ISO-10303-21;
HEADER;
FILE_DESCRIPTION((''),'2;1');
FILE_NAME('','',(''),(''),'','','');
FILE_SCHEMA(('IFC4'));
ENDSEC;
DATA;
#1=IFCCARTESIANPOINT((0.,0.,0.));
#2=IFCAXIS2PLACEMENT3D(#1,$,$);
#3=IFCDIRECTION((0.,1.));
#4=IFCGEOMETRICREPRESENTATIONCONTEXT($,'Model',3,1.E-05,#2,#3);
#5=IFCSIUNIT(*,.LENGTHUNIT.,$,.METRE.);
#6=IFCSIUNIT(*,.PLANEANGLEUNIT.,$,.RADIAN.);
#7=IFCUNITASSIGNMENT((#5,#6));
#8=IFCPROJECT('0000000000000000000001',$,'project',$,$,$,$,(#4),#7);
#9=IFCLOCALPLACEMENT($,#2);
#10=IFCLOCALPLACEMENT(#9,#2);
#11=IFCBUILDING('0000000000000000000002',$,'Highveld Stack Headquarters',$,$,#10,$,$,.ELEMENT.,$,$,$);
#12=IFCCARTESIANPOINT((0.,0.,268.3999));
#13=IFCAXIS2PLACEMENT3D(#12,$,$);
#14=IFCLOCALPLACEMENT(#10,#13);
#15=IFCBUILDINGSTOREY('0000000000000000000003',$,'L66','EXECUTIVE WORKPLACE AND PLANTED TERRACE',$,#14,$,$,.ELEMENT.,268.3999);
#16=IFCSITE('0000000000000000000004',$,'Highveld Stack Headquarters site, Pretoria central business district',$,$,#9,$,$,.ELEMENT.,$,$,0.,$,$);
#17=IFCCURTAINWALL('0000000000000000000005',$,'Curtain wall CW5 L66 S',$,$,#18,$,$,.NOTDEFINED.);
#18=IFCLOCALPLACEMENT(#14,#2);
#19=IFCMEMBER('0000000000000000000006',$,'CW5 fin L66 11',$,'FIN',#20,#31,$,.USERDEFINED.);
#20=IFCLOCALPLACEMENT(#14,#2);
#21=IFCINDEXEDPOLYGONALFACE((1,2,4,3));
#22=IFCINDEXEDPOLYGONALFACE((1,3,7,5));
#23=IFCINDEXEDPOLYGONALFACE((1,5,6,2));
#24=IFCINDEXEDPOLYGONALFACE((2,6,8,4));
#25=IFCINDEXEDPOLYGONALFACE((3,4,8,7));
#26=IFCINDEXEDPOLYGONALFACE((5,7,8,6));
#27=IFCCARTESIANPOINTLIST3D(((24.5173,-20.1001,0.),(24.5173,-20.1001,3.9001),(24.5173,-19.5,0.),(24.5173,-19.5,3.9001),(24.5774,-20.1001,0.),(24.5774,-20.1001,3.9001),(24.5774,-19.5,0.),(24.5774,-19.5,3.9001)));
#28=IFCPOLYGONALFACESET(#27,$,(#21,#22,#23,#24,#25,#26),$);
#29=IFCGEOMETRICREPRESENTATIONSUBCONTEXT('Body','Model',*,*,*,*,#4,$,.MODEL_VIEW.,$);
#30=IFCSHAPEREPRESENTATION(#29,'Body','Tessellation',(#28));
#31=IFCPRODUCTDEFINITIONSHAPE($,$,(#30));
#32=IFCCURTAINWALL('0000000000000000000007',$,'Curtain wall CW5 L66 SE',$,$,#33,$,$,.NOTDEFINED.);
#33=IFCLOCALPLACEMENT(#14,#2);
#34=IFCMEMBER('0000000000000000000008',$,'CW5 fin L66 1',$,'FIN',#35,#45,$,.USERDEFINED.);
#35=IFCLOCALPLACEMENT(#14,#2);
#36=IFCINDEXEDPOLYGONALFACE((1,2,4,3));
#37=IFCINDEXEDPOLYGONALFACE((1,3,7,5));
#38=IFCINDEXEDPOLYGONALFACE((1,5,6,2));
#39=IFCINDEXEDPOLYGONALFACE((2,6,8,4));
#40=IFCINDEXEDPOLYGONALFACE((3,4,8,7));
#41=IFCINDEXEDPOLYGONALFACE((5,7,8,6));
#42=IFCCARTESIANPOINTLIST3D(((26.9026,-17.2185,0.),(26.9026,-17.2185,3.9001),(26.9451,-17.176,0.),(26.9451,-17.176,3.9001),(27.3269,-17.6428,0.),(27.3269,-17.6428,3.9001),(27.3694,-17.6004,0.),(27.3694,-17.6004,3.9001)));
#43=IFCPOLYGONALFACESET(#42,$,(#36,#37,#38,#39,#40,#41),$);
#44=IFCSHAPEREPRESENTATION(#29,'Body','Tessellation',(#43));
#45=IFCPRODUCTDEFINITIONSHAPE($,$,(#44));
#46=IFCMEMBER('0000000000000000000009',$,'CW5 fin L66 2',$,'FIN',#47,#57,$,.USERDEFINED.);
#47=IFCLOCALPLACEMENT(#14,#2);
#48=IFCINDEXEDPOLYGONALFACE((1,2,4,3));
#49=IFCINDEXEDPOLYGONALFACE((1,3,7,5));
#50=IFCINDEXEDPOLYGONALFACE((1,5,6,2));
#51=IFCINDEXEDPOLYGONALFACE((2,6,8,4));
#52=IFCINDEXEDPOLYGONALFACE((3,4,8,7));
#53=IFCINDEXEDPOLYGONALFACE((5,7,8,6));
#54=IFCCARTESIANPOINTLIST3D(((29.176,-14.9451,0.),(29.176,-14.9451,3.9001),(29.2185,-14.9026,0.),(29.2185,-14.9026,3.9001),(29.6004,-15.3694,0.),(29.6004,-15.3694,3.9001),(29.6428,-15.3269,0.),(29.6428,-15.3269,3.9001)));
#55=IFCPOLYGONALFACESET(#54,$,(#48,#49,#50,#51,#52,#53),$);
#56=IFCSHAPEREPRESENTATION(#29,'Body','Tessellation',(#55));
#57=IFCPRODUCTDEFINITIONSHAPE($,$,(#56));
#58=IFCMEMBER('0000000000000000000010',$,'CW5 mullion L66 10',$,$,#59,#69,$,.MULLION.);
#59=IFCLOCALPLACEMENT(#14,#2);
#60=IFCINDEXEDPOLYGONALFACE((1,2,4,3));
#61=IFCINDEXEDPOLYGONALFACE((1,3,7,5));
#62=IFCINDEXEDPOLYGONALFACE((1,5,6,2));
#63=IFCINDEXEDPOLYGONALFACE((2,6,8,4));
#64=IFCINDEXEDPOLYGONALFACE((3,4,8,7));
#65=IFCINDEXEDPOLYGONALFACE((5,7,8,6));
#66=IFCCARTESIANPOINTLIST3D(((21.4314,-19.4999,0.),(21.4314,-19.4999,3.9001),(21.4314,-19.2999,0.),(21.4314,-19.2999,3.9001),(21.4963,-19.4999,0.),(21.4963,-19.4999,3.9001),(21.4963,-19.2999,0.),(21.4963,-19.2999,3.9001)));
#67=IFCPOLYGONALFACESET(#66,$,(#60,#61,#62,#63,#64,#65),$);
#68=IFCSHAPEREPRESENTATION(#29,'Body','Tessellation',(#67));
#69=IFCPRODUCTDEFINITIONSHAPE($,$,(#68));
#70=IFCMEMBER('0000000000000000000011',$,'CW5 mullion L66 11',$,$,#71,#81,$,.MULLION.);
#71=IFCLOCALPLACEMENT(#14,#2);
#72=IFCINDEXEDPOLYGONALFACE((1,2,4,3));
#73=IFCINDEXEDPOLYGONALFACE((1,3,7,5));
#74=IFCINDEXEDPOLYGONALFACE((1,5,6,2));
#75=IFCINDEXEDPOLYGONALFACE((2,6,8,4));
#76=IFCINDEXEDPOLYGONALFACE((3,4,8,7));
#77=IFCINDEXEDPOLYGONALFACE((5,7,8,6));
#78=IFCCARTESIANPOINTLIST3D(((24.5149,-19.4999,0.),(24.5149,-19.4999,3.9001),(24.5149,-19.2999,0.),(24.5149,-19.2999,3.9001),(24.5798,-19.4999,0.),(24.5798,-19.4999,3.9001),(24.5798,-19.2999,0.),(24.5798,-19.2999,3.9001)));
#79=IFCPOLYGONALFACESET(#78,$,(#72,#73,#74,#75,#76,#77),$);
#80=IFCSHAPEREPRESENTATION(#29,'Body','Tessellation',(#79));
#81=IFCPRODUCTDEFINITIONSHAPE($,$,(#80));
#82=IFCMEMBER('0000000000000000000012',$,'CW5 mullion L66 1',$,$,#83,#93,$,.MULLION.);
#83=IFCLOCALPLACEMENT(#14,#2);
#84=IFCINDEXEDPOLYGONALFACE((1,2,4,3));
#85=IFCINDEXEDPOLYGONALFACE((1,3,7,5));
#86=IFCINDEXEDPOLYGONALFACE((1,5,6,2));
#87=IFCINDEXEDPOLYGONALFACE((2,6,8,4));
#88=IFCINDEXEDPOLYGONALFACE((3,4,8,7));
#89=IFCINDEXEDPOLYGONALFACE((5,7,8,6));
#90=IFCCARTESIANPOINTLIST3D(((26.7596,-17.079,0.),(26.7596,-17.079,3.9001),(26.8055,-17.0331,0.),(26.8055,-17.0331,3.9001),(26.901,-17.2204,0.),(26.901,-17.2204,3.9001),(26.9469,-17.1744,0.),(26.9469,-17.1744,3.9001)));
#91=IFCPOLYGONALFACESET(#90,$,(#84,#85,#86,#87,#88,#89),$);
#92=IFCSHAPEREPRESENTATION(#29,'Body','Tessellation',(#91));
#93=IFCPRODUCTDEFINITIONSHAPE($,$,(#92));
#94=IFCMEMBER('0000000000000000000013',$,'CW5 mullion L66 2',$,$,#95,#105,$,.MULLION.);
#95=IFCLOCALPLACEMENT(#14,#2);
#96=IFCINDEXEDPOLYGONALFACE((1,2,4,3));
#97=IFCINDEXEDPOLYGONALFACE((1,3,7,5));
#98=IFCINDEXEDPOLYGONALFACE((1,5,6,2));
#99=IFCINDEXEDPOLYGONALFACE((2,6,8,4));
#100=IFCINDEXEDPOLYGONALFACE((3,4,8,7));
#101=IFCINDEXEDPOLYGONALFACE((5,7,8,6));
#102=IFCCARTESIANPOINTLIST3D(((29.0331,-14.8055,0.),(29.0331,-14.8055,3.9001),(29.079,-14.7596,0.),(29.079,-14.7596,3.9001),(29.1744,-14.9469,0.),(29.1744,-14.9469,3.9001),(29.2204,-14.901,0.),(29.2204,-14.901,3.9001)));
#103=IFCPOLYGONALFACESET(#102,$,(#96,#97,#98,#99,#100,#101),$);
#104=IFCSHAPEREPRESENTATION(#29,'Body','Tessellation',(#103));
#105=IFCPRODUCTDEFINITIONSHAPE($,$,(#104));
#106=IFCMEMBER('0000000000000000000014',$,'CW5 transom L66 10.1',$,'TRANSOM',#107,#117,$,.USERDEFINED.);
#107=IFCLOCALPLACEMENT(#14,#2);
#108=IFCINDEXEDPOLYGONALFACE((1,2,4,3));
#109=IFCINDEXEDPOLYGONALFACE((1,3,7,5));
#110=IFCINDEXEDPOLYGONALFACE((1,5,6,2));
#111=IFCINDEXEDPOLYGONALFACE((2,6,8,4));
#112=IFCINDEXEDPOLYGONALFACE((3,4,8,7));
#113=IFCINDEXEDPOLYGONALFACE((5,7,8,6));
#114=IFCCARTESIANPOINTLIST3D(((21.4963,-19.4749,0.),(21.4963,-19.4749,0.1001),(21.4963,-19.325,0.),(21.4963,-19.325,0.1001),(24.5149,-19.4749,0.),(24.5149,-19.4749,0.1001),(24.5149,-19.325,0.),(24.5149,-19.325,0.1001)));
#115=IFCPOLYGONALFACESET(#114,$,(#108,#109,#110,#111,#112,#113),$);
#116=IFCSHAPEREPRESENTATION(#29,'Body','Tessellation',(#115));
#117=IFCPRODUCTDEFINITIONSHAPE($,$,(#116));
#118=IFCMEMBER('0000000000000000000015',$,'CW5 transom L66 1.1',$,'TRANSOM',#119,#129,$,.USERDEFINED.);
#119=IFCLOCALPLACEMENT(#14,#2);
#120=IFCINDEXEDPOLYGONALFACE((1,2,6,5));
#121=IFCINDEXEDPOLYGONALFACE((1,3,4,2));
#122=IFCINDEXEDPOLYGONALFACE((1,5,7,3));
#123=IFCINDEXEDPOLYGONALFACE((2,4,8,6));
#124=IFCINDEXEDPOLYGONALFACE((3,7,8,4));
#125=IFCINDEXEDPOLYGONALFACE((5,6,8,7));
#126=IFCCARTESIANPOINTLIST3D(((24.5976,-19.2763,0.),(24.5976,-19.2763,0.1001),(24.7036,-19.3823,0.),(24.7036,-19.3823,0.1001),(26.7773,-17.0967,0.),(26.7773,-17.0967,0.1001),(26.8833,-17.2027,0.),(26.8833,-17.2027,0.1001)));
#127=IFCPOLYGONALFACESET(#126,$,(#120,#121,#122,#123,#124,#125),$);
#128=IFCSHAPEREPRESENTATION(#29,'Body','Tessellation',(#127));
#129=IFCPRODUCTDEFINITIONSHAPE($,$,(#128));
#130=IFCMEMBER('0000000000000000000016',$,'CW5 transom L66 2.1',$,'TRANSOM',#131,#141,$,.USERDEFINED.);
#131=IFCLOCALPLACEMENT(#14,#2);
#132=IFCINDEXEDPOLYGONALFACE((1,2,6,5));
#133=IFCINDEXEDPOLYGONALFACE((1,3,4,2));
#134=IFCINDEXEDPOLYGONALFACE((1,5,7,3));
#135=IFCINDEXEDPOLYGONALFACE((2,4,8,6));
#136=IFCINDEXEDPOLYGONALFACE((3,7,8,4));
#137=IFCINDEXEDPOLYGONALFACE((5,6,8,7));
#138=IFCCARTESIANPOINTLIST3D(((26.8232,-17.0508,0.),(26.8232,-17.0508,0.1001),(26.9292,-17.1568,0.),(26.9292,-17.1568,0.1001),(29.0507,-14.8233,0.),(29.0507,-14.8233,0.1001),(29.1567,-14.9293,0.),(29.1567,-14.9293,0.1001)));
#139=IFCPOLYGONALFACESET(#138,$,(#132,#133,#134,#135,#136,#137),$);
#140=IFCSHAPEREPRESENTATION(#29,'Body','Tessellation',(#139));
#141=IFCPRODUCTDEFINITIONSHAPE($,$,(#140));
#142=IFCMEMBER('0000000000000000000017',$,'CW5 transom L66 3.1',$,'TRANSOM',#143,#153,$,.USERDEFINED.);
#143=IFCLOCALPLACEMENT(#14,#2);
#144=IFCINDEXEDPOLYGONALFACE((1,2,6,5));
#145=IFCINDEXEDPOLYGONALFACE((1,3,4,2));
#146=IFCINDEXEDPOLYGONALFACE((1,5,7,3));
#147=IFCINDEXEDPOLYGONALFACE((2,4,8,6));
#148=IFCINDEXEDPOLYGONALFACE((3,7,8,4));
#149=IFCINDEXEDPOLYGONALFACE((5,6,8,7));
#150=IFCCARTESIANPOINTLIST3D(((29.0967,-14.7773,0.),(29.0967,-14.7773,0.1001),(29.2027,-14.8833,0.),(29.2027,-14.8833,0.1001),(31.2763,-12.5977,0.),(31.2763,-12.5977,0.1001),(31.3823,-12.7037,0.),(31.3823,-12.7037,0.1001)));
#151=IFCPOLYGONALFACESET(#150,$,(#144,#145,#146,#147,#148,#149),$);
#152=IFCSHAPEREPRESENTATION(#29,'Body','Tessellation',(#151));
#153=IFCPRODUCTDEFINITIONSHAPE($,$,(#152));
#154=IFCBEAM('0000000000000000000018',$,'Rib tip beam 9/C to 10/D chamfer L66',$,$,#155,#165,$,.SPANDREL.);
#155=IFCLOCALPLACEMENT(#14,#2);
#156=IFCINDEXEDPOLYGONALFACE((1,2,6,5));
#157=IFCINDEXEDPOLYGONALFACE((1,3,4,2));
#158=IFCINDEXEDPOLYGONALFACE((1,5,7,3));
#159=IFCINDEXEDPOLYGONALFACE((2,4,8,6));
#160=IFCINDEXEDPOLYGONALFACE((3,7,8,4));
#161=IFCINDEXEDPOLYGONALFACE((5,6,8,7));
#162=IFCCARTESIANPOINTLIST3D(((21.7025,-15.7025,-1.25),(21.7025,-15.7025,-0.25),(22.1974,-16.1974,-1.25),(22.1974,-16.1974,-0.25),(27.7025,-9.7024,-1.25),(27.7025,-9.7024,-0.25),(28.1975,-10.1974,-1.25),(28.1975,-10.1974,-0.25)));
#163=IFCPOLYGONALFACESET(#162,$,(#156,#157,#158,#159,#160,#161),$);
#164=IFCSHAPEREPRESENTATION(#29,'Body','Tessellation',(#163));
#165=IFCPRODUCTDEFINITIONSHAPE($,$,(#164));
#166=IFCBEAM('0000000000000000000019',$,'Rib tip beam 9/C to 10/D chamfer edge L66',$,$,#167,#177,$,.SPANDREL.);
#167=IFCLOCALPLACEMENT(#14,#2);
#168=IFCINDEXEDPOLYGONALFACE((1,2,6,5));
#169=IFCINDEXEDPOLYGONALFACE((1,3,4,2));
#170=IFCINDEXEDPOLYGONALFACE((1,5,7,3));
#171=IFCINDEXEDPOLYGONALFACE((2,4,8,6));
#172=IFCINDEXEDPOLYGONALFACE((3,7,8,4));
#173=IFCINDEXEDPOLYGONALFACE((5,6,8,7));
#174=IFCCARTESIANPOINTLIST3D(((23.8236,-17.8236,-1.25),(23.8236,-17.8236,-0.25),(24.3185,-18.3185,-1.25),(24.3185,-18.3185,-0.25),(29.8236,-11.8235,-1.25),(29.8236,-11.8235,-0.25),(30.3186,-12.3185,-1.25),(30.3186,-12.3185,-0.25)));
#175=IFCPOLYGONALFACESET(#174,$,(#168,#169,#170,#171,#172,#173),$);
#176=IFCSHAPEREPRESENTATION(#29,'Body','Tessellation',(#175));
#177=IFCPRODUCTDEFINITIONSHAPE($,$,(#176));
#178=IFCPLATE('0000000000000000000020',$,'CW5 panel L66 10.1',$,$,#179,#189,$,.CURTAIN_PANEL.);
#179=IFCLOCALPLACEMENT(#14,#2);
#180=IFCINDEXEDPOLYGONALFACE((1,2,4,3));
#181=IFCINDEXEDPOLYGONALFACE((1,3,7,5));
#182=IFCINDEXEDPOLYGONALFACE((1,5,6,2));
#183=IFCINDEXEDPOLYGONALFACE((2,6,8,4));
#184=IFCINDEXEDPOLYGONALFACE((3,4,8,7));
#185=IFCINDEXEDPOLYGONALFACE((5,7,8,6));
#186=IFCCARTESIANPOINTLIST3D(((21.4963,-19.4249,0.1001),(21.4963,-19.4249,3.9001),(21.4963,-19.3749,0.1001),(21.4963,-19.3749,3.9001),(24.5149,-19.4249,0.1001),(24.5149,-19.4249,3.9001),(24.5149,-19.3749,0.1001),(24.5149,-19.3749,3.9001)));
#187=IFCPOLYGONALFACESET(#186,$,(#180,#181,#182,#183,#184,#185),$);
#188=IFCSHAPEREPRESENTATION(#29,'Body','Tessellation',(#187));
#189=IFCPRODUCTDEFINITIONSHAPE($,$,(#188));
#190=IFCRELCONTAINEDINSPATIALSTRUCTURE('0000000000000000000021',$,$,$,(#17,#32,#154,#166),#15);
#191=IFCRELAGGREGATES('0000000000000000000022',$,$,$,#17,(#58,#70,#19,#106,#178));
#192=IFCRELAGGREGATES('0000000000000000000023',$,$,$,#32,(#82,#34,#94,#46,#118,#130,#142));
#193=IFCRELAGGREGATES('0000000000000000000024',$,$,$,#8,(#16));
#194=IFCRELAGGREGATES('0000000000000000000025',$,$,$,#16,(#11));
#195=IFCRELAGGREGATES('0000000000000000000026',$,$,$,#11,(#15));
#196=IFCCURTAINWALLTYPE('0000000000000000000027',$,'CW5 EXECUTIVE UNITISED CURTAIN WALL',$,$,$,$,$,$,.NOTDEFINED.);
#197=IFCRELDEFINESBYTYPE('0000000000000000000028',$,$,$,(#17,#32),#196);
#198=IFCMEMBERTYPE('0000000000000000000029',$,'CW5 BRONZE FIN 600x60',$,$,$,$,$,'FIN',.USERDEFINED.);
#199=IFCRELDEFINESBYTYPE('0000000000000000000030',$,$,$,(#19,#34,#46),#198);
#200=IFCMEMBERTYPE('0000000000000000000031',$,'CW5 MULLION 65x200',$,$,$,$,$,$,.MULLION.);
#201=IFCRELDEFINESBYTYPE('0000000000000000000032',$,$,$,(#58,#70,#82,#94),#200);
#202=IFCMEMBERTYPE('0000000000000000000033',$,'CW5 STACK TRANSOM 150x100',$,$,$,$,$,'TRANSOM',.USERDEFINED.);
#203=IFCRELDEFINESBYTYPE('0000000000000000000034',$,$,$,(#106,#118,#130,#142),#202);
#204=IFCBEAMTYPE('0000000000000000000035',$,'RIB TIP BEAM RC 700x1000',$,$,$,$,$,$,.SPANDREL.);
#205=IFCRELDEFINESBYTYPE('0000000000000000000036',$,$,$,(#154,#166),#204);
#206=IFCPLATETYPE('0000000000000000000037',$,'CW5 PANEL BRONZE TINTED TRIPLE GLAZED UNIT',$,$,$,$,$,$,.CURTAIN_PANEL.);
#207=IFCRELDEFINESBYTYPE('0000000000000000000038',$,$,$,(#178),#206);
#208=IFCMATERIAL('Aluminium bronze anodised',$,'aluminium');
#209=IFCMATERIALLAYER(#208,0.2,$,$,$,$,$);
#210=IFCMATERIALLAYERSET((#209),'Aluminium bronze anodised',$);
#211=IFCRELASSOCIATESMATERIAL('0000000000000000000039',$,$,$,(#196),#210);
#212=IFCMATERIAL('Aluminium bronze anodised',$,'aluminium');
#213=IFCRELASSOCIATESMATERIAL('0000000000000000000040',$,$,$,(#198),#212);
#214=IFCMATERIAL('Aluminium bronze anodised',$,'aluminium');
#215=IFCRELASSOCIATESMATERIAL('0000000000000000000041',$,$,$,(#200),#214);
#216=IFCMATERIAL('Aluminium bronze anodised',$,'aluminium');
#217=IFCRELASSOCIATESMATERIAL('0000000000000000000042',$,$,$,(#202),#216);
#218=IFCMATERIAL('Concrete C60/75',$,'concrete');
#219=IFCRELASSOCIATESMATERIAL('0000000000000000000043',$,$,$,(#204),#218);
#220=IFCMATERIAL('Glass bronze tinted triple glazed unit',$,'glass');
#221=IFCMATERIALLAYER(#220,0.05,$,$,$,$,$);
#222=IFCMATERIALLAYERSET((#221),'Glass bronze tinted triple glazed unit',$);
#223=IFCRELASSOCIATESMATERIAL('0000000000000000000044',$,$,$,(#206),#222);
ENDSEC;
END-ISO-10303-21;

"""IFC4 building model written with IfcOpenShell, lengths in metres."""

from ifc_helpers import new_model, si_unit, direction, frame, origin, origin_2d, place, context, subcontext, project, spatial, rectangle, extrude, material, layer, layer_set, material_profile, profile_set, type_object, element, aggregate, save


model = new_model("IFC4")

# Units and contexts
model_context = context("Model", 3, precision=1e-05, world=origin(), true_north=direction((0.0, 1.0)))
body_context = subcontext(model_context, "Body", "Model", "MODEL_VIEW")
ifc_project = project(units=[si_unit("LENGTHUNIT", "METRE"), si_unit("PLANEANGLEUNIT", "RADIAN")], contexts=[model_context])

# Site, building, storey
site_placement = place(None, origin())
site = spatial("IfcSite", under=ifc_project, at=site_placement, Name="Highveld Stack Headquarters site, Pretoria central business district", CompositionType="ELEMENT", RefElevation=0.0)
building_placement = place(site_placement, origin())
building = spatial("IfcBuilding", under=site, at=building_placement, Name="Highveld Stack Headquarters", CompositionType="ELEMENT")
storey_placement = place(building_placement, frame((0.0, 0.0, 268.3999)))
storey = spatial("IfcBuildingStorey", under=building, at=storey_placement, Name="L66", Description="EXECUTIVE WORKPLACE AND PLANTED TERRACE", CompositionType="ELEMENT", Elevation=268.3999)

# Curtain wall, member
ifc_material_1 = material(Name="Aluminium bronze anodised", Category="aluminium")
ifc_layer_1 = layer(ifc_material_1, 0.2)
ifc_layer_set_1 = layer_set([ifc_layer_1], Name="Aluminium bronze anodised")
curtain_wall_type = type_object("IfcCurtainWallType", Name="CW5 EXECUTIVE UNITISED CURTAIN WALL", PredefinedType="NOTDEFINED", material=ifc_layer_set_1)
curtain_wall_1_placement = place(storey_placement, origin())
curtain_wall_1 = element("IfcCurtainWall", 1, at=curtain_wall_1_placement, inside=storey, type_object=curtain_wall_type, Name="Curtain wall CW5 L66 S", PredefinedType="NOTDEFINED")
ifc_material_2 = material(Name="Aluminium bronze anodised", Category="aluminium")
ifc_material_profile_1 = material_profile(ifc_material_2, rectangle(XDim=0.6001, YDim=0.0601, at=origin_2d()), Name="FIN 600x60")
ifc_profile_set_1 = profile_set([ifc_material_profile_1], Name="Aluminium bronze anodised")
member_type_1 = type_object("IfcMemberType", Name="CW5 BRONZE FIN 600x60", ElementType="FIN", PredefinedType="USERDEFINED", material=ifc_profile_set_1)
member_1_placement = place(storey_placement, frame((24.5474, -19.8, 0.0), z_axis=(0.0, 0.0, 1.0), x_axis=(0.0, 1.0, 0.0)))
member_1 = element("IfcMember", 2, at=member_1_placement, type_object=member_type_1, Name="CW5 fin L66 11", ObjectType="FIN", PredefinedType="USERDEFINED", context=body_context, shape_type="SweptSolid", body=[
    extrude(rectangle(XDim=0.6001, YDim=0.0601, at=origin_2d()), origin(), (0.0, 0.0, 1.0), 3.9001),
])

# Curtain wall, members
curtain_wall_2_placement = place(storey_placement, origin())
curtain_wall_2 = element("IfcCurtainWall", 3, at=curtain_wall_2_placement, inside=storey, type_object=curtain_wall_type, Name="Curtain wall CW5 L66 SE", PredefinedType="NOTDEFINED")
member_2_placement = place(storey_placement, frame((27.136, -17.4094, 0.0), z_axis=(0.0, 0.0, 1.0), x_axis=(-0.707107, 0.707107, 0.0)))
member_2 = element("IfcMember", 4, at=member_2_placement, type_object=member_type_1, Name="CW5 fin L66 1", ObjectType="FIN", PredefinedType="USERDEFINED", context=body_context, shape_type="SweptSolid", body=[
    extrude(rectangle(XDim=0.6001, YDim=0.0601, at=origin_2d()), origin(), (0.0, 0.0, 1.0), 3.9001),
])
member_3_placement = place(storey_placement, frame((29.4094, -15.136, 0.0), z_axis=(0.0, 0.0, 1.0), x_axis=(-0.707107, 0.707107, 0.0)))
member_3 = element("IfcMember", 5, at=member_3_placement, type_object=member_type_1, Name="CW5 fin L66 2", ObjectType="FIN", PredefinedType="USERDEFINED", context=body_context, shape_type="SweptSolid", body=[
    extrude(rectangle(XDim=0.6001, YDim=0.0601, at=origin_2d()), origin(), (0.0, 0.0, 1.0), 3.9001),
])

# Members
ifc_material_3 = material(Name="Aluminium bronze anodised", Category="aluminium")
ifc_material_profile_2 = material_profile(ifc_material_3, rectangle(XDim=0.2, YDim=0.0649, at=origin_2d()), Name="CW5 MULLION 65x200")
ifc_profile_set_2 = profile_set([ifc_material_profile_2], Name="Aluminium bronze anodised")
member_type_2 = type_object("IfcMemberType", Name="CW5 MULLION 65x200", PredefinedType="MULLION", material=ifc_profile_set_2)
member_4_placement = place(storey_placement, frame((21.4639, -19.3999, 0.0), z_axis=(0.0, 0.0, 1.0), x_axis=(0.0, 1.0, 0.0)))
member_4 = element("IfcMember", 6, at=member_4_placement, type_object=member_type_2, Name="CW5 mullion L66 10", PredefinedType="MULLION", context=body_context, shape_type="SweptSolid", body=[
    extrude(rectangle(XDim=0.2, YDim=0.0649, at=origin_2d()), origin(), (0.0, 0.0, 1.0), 3.9001),
])
member_5_placement = place(storey_placement, frame((24.5474, -19.3999, 0.0), z_axis=(0.0, 0.0, 1.0), x_axis=(0.0, 1.0, 0.0)))
member_5 = element("IfcMember", 7, at=member_5_placement, type_object=member_type_2, Name="CW5 mullion L66 11", PredefinedType="MULLION", context=body_context, shape_type="SweptSolid", body=[
    extrude(rectangle(XDim=0.2, YDim=0.0649, at=origin_2d()), origin(), (0.0, 0.0, 1.0), 3.9001),
])
member_6_placement = place(storey_placement, frame((26.8533, -17.1267, 0.0), z_axis=(0.0, 0.0, 1.0), x_axis=(-0.707107, 0.707107, 0.0)))
member_6 = element("IfcMember", 8, at=member_6_placement, type_object=member_type_2, Name="CW5 mullion L66 1", PredefinedType="MULLION", context=body_context, shape_type="SweptSolid", body=[
    extrude(rectangle(XDim=0.2, YDim=0.0649, at=origin_2d()), origin(), (0.0, 0.0, 1.0), 3.9001),
])
member_7_placement = place(storey_placement, frame((29.1267, -14.8533, 0.0), z_axis=(0.0, 0.0, 1.0), x_axis=(-0.707107, 0.707107, 0.0)))
member_7 = element("IfcMember", 9, at=member_7_placement, type_object=member_type_2, Name="CW5 mullion L66 2", PredefinedType="MULLION", context=body_context, shape_type="SweptSolid", body=[
    extrude(rectangle(XDim=0.2, YDim=0.0649, at=origin_2d()), origin(), (0.0, 0.0, 1.0), 3.9001),
])
ifc_material_4 = material(Name="Aluminium bronze anodised", Category="aluminium")
ifc_material_profile_3 = material_profile(ifc_material_4, rectangle(XDim=0.1499, YDim=0.1001, at=origin_2d()), Name="CW5 TRANSOM 150x100")
ifc_profile_set_3 = profile_set([ifc_material_profile_3], Name="Aluminium bronze anodised")
member_type_3 = type_object("IfcMemberType", Name="CW5 STACK TRANSOM 150x100", ElementType="TRANSOM", PredefinedType="USERDEFINED", material=ifc_profile_set_3)
member_8_placement = place(storey_placement, frame((21.4963, -19.3999, 0.05), z_axis=(1.0, 0.0, 0.0), x_axis=(0.0, 1.0, 0.0)))
member_8 = element("IfcMember", 10, at=member_8_placement, type_object=member_type_3, Name="CW5 transom L66 10.1", ObjectType="TRANSOM", PredefinedType="USERDEFINED", context=body_context, shape_type="SweptSolid", body=[
    extrude(rectangle(XDim=0.1499, YDim=0.1001, at=origin_2d()), origin(), (0.0, 0.0, 1.0), 3.0186),
])
member_9_placement = place(storey_placement, frame((24.6506, -19.3293, 0.05), z_axis=(0.707107, 0.707107, 0.0), x_axis=(-0.707107, 0.707107, 0.0)))
member_9 = element("IfcMember", 11, at=member_9_placement, type_object=member_type_3, Name="CW5 transom L66 1.1", ObjectType="TRANSOM", PredefinedType="USERDEFINED", context=body_context, shape_type="SweptSolid", body=[
    extrude(rectangle(XDim=0.1499, YDim=0.1001, at=origin_2d()), origin(), (0.0, 0.0, 1.0), 3.0825),
])
member_10_placement = place(storey_placement, frame((26.8762, -17.1038, 0.05), z_axis=(0.707107, 0.707107, 0.0), x_axis=(-0.707107, 0.707107, 0.0)))
member_10 = element("IfcMember", 12, at=member_10_placement, type_object=member_type_3, Name="CW5 transom L66 2.1", ObjectType="TRANSOM", PredefinedType="USERDEFINED", context=body_context, shape_type="SweptSolid", body=[
    extrude(rectangle(XDim=0.1499, YDim=0.1001, at=origin_2d()), origin(), (0.0, 0.0, 1.0), 3.1501),
])
member_11_placement = place(storey_placement, frame((29.1497, -14.8303, 0.05), z_axis=(0.707107, 0.707107, 0.0), x_axis=(-0.707107, 0.707107, 0.0)))
member_11 = element("IfcMember", 13, at=member_11_placement, type_object=member_type_3, Name="CW5 transom L66 3.1", ObjectType="TRANSOM", PredefinedType="USERDEFINED", context=body_context, shape_type="SweptSolid", body=[
    extrude(rectangle(XDim=0.1499, YDim=0.1001, at=origin_2d()), origin(), (0.0, 0.0, 1.0), 3.0825),
])

# Beams
ifc_material_5 = material(Name="Concrete C60/75", Category="concrete")
ifc_material_profile_4 = material_profile(ifc_material_5, rectangle(XDim=0.7, YDim=1.0, at=origin_2d()), Name="RC 700x1000")
ifc_profile_set_4 = profile_set([ifc_material_profile_4], Name="Concrete C60/75")
beam_type = type_object("IfcBeamType", Name="RIB TIP BEAM RC 700x1000", PredefinedType="SPANDREL", material=ifc_profile_set_4)
for number, where, z_axis, x_axis, name in (
    (14, (21.95, -15.95, -0.75), (0.707107, 0.707107, 0.0), (-0.707107, 0.707107, 0.0), "Rib tip beam 9/C to 10/D chamfer L66"),
    (15, (24.071, -18.071, -0.75), (0.707107, 0.707107, 0.0), (-0.707107, 0.707107, 0.0), "Rib tip beam 9/C to 10/D chamfer edge L66"),
):
    element("IfcBeam", number, at=place(storey_placement, frame(where, z_axis=z_axis, x_axis=x_axis)), inside=storey, type_object=beam_type, Name=name, PredefinedType="SPANDREL", context=body_context, shape_type="SweptSolid", body=[
        extrude(rectangle(XDim=0.7, YDim=1.0, at=origin_2d()), origin(), (0.0, 0.0, 1.0), 8.4854),
    ])

# Plate
ifc_material_6 = material(Name="Glass bronze tinted triple glazed unit", Category="glass")
ifc_layer_2 = layer(ifc_material_6, 0.05)
ifc_layer_set_2 = layer_set([ifc_layer_2], Name="Glass bronze tinted triple glazed unit")
plate_type = type_object("IfcPlateType", Name="CW5 PANEL BRONZE TINTED TRIPLE GLAZED UNIT", PredefinedType="CURTAIN_PANEL", material=ifc_layer_set_2)
plate_1_placement = place(storey_placement, frame((23.0056, -19.3999, 0.1001), z_axis=(0.0, 0.0, 1.0), x_axis=(1.0, 0.0, 0.0)))
plate_1 = element("IfcPlate", 16, at=plate_1_placement, type_object=plate_type, Name="CW5 panel L66 10.1", PredefinedType="CURTAIN_PANEL", context=body_context, shape_type="SweptSolid", body=[
    extrude(rectangle(XDim=3.0186, YDim=0.05, at=origin_2d()), origin(), (0.0, 0.0, 1.0), 3.8),
])
aggregate(curtain_wall_1, [member_4, member_5, member_1, member_8, plate_1])
aggregate(curtain_wall_2, [member_6, member_2, member_7, member_3, member_9, member_10, member_11])

save(model, "model.ifc")
